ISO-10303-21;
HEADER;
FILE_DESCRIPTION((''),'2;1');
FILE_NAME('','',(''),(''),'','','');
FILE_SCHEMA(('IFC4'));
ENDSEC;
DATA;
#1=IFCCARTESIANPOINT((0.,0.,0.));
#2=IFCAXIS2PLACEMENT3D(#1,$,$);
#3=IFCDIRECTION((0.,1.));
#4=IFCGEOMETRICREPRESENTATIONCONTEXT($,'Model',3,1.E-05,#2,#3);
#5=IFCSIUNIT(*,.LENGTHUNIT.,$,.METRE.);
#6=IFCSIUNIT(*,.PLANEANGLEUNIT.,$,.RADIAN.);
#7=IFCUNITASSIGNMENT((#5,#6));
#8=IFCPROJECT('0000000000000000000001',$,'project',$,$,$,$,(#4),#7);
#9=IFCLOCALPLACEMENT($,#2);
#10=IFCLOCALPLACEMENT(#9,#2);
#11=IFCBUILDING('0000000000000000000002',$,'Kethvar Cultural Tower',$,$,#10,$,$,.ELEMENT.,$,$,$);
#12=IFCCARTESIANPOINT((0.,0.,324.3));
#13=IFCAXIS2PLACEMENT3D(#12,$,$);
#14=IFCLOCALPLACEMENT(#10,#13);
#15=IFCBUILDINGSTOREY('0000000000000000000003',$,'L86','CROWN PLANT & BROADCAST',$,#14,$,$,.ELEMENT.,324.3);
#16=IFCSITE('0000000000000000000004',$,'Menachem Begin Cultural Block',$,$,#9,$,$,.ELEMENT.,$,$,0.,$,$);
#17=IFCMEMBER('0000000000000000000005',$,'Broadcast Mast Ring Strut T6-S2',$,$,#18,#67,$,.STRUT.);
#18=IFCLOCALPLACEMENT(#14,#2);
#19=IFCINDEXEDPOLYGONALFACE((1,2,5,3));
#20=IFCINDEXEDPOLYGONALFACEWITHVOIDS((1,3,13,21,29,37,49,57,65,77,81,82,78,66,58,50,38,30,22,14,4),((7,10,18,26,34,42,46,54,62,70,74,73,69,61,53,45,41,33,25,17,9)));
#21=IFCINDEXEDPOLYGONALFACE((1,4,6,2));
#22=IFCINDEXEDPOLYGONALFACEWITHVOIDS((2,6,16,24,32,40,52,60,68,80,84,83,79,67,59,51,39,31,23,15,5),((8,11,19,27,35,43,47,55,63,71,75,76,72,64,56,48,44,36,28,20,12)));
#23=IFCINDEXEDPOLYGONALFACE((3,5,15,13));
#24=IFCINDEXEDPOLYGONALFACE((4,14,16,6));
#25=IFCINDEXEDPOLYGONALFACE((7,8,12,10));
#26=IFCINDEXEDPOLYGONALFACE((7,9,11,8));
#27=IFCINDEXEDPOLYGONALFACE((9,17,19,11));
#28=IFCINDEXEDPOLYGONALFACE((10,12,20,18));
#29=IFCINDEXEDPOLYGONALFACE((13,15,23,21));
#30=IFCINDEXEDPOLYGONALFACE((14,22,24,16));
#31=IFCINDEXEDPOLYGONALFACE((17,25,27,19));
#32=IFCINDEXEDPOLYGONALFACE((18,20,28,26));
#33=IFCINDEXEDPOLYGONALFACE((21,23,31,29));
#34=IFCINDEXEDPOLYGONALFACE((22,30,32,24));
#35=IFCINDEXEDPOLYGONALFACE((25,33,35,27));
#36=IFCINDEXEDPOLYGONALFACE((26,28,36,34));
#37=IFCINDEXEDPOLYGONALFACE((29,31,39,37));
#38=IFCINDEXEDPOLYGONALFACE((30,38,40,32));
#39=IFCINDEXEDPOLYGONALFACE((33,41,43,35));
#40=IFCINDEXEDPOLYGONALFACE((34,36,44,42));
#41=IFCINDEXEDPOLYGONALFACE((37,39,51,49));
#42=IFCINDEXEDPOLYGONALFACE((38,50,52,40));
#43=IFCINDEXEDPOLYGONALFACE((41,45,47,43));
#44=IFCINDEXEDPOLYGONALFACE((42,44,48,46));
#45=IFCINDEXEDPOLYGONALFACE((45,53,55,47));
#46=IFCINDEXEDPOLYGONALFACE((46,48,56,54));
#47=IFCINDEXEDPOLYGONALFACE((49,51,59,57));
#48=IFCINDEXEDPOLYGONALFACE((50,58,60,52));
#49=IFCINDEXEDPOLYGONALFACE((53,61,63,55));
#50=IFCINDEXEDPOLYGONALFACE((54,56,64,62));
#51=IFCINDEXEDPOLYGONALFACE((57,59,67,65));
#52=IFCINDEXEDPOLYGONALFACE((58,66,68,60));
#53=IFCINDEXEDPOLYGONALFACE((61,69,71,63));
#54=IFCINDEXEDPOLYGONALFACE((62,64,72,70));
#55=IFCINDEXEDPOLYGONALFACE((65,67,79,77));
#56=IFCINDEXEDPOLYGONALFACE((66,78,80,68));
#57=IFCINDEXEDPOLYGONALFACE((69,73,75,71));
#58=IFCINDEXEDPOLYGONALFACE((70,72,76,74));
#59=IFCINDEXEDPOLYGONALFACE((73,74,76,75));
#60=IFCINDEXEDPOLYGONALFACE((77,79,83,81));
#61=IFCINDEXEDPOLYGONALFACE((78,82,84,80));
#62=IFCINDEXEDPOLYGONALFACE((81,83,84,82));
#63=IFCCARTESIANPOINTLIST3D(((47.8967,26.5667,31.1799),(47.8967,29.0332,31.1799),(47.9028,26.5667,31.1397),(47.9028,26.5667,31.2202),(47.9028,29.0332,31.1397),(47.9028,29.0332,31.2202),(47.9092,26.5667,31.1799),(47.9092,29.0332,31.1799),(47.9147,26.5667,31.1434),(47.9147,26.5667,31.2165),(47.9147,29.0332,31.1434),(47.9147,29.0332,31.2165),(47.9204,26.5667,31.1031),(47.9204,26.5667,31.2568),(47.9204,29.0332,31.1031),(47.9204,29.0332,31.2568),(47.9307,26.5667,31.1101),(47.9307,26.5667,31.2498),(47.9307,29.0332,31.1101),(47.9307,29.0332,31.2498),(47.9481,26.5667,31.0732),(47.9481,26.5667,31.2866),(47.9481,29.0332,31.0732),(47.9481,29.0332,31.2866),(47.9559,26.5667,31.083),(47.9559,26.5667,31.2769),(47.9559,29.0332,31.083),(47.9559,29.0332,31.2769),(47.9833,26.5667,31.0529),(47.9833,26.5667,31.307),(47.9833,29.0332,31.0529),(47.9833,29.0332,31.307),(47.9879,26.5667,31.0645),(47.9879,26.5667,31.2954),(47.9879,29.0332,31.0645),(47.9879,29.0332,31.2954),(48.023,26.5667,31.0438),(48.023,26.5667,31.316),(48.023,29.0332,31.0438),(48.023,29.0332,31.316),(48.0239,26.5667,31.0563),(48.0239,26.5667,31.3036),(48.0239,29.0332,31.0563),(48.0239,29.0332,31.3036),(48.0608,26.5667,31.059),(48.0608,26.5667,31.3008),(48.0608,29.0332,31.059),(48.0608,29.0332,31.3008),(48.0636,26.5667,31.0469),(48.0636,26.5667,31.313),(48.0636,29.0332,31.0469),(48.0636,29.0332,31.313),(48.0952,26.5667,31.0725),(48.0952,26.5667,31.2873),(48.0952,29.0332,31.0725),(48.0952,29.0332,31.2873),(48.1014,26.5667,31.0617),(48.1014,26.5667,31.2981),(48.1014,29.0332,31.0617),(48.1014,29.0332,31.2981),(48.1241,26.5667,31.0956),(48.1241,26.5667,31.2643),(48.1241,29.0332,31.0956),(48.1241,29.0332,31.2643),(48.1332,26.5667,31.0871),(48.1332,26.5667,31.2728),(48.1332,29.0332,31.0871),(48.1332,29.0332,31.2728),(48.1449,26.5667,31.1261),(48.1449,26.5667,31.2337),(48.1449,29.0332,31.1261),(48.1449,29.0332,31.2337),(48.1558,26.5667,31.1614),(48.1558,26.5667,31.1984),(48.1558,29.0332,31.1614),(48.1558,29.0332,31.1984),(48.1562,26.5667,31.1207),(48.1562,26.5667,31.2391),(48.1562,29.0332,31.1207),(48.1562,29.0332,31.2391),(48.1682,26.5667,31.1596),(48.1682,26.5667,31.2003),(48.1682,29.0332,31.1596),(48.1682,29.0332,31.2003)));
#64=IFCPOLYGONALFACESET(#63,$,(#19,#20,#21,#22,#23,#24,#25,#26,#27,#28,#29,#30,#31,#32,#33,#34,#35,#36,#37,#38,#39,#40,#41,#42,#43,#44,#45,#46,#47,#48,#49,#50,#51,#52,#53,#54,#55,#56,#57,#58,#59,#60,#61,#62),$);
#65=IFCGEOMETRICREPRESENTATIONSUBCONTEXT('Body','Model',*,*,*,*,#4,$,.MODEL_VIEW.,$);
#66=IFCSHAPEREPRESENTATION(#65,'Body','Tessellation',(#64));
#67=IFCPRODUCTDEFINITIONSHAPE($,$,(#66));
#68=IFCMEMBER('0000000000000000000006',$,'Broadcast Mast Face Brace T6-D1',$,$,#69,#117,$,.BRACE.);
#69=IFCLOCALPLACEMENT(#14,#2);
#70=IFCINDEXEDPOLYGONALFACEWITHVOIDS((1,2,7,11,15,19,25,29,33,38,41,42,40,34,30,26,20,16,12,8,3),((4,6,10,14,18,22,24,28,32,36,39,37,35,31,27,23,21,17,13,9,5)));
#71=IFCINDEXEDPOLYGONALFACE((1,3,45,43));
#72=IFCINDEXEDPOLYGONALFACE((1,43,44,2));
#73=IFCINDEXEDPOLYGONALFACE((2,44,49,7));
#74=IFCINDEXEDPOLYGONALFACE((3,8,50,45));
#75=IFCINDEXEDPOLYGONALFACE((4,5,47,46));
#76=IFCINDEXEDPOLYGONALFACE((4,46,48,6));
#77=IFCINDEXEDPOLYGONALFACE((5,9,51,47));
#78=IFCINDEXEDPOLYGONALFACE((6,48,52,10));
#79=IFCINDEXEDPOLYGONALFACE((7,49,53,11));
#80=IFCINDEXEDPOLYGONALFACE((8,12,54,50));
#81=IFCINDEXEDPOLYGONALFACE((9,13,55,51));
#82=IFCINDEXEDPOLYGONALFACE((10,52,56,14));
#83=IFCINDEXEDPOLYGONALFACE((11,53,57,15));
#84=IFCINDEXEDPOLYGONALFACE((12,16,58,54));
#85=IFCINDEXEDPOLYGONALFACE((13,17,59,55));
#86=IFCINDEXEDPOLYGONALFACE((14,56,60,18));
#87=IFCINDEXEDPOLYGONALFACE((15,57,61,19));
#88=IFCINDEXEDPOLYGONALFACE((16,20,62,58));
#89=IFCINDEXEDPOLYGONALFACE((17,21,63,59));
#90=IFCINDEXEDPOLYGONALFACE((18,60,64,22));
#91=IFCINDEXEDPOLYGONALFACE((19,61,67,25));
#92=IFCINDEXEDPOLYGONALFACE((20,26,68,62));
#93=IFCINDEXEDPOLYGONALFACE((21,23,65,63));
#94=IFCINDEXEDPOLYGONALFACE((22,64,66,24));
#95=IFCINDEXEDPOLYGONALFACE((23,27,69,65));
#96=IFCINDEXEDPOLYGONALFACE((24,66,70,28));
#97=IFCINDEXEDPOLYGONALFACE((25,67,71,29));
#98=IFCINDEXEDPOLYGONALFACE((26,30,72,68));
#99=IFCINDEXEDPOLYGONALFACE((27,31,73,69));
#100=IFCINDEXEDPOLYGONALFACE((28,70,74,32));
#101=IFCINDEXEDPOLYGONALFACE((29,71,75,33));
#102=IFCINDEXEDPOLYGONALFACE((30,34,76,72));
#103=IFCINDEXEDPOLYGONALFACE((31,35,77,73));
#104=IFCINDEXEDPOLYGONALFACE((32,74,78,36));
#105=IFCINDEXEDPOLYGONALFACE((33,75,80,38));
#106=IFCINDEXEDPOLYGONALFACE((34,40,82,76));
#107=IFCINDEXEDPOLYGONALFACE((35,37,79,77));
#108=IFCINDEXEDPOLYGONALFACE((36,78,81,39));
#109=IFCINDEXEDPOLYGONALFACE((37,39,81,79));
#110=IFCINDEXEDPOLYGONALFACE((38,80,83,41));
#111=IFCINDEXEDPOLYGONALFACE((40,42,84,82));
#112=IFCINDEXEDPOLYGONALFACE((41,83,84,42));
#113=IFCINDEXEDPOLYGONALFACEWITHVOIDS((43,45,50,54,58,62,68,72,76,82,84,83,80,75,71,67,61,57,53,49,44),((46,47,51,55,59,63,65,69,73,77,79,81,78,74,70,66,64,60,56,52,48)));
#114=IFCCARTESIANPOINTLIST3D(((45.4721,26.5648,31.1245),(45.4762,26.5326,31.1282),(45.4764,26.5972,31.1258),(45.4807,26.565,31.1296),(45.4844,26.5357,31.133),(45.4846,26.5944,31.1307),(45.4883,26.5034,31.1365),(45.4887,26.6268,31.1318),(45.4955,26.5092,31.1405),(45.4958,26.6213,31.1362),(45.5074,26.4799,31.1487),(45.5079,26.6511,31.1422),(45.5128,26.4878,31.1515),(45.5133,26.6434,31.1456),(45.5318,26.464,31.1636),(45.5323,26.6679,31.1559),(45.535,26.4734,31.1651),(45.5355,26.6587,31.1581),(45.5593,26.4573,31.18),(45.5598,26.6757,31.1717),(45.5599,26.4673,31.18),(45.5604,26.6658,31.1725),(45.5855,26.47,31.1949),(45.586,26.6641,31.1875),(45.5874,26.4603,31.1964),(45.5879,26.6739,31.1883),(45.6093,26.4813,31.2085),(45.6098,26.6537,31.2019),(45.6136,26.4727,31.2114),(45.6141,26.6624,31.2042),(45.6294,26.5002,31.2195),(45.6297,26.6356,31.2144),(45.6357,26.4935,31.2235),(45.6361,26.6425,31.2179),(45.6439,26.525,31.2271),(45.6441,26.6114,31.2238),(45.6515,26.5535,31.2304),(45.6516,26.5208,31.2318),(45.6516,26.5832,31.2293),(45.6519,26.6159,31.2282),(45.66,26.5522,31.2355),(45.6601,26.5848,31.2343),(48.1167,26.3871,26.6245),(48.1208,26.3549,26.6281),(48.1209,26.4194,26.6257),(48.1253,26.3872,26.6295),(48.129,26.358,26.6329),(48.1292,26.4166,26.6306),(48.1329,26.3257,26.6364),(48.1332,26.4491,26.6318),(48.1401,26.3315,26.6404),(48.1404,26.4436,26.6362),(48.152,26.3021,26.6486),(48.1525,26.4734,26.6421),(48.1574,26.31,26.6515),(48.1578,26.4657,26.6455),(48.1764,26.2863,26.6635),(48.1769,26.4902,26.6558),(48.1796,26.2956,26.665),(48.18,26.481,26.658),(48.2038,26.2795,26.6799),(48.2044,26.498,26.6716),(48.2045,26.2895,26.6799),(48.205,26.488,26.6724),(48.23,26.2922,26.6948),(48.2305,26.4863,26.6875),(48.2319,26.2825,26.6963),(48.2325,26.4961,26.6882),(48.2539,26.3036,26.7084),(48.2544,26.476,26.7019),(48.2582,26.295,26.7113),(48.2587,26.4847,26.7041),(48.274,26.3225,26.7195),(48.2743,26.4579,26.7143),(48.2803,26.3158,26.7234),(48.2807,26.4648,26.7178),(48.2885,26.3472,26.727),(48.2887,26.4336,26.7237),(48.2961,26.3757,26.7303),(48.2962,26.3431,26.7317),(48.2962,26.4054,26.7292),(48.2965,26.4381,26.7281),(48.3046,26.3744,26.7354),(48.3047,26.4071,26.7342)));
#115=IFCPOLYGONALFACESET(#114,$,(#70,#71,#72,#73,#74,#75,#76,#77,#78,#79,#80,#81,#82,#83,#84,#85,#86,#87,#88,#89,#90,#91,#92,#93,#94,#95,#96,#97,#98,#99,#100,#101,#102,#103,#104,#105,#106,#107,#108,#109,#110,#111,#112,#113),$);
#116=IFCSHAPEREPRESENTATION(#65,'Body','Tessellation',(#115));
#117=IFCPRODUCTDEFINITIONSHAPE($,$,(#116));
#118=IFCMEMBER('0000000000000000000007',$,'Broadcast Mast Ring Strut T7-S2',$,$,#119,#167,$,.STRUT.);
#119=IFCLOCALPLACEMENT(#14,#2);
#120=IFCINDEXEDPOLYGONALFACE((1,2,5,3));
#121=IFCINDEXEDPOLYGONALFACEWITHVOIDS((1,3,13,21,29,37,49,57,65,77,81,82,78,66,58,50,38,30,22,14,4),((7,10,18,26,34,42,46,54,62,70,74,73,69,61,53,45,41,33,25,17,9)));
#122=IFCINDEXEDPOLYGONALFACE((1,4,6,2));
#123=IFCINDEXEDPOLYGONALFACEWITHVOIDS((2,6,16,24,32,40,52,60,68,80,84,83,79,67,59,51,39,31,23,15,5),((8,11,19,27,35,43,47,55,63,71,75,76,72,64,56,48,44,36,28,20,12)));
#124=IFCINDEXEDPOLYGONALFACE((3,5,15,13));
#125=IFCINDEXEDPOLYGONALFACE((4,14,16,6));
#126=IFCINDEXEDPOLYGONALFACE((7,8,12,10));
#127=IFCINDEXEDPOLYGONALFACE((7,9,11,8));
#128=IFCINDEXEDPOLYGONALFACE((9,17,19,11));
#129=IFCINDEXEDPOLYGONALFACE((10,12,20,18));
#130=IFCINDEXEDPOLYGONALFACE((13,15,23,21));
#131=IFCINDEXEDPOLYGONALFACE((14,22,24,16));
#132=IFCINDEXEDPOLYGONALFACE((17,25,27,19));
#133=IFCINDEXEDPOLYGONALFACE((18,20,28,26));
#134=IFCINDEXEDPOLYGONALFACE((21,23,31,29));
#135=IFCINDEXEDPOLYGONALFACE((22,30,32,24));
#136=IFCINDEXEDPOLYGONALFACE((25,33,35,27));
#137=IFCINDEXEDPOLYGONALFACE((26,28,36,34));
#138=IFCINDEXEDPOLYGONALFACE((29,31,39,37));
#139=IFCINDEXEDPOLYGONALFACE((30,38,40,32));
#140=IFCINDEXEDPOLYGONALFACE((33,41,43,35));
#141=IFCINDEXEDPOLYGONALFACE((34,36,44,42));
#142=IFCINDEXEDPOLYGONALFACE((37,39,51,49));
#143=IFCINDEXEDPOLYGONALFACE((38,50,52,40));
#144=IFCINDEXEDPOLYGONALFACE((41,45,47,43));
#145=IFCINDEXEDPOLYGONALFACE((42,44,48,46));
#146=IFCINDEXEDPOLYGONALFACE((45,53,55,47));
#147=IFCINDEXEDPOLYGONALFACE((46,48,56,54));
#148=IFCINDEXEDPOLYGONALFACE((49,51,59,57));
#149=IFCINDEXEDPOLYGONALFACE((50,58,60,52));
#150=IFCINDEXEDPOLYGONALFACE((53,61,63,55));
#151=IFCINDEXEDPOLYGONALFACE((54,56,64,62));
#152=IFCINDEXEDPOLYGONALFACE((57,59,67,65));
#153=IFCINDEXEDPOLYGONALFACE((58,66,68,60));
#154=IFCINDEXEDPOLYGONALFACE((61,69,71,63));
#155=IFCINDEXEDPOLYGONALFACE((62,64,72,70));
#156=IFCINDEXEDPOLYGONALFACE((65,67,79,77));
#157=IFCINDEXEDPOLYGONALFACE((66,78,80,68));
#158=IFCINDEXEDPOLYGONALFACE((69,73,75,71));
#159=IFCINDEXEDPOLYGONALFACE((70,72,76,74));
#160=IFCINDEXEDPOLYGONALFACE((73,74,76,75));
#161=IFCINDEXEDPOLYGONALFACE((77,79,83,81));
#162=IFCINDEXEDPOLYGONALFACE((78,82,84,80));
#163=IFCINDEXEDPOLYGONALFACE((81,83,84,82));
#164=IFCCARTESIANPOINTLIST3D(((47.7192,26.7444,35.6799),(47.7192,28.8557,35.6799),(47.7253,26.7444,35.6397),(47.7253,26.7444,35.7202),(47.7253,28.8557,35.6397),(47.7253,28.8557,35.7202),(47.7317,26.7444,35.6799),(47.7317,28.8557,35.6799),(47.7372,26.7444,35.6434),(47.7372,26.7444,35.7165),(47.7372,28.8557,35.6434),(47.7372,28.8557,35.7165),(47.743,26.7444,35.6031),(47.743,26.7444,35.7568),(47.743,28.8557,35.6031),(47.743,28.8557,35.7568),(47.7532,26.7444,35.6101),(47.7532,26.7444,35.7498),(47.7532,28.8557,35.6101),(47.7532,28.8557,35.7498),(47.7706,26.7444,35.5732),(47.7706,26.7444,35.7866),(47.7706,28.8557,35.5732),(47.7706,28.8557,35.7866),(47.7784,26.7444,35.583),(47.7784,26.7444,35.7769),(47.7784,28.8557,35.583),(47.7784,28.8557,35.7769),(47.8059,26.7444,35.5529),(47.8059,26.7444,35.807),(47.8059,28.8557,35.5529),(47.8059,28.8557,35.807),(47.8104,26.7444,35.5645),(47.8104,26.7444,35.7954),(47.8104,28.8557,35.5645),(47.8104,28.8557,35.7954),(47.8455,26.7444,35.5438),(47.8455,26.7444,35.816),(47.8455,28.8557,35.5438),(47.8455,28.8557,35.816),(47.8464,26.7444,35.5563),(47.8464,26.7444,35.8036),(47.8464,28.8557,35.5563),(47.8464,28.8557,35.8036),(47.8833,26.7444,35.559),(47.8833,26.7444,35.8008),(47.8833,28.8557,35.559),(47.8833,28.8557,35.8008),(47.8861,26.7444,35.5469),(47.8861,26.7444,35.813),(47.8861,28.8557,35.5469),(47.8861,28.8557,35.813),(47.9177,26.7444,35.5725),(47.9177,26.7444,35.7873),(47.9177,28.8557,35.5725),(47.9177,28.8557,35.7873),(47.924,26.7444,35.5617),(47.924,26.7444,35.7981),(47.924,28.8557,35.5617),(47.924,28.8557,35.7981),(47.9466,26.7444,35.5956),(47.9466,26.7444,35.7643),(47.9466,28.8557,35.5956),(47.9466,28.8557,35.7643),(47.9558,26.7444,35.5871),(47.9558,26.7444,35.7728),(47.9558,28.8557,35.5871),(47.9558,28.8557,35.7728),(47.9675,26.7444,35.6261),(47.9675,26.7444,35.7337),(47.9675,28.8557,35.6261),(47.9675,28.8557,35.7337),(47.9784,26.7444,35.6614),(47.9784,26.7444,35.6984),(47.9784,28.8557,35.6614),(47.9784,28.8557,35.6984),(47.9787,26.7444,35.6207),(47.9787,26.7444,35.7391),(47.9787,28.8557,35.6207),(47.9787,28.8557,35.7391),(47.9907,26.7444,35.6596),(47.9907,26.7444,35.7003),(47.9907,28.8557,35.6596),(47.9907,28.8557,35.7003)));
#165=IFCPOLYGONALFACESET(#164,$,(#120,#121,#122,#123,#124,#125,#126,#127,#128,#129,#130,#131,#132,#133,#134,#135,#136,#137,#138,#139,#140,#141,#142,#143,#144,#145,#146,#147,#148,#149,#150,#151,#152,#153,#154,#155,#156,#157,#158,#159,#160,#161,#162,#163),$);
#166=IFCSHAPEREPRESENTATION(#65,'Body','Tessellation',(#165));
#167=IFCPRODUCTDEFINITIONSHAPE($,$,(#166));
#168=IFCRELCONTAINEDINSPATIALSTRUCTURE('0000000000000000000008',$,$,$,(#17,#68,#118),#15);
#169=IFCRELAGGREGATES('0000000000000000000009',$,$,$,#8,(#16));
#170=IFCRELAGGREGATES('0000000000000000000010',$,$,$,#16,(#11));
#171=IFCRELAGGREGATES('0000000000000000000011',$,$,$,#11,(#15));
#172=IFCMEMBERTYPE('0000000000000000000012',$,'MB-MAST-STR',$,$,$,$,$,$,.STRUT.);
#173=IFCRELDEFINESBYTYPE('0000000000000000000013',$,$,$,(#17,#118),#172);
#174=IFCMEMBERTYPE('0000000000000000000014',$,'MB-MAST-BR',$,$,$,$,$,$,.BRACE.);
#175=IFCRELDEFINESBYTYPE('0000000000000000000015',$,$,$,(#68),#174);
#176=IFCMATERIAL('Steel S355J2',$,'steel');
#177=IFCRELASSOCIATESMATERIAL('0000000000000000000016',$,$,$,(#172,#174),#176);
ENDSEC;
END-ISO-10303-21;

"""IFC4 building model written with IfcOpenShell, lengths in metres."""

from ifc_helpers import new_model, si_unit, direction, frame, origin, origin_2d, place, context, subcontext, project, spatial, hollow_circle, extrude, source, transform, mapped, material, material_profile, profile_set, type_object, element, save


model = new_model("IFC4")

# Units and contexts
model_context = context("Model", 3, precision=1e-05, world=origin(), true_north=direction((0.0, 1.0)))
body_context = subcontext(model_context, "Body", "Model", "MODEL_VIEW")
ifc_project = project(units=[si_unit("LENGTHUNIT", "METRE"), si_unit("PLANEANGLEUNIT", "RADIAN")], contexts=[model_context])

# Site, building, storey
site_placement = place(None, origin())
site = spatial("IfcSite", under=ifc_project, at=site_placement, Name="Menachem Begin Cultural Block", CompositionType="ELEMENT", RefElevation=0.0)
building_placement = place(site_placement, origin())
building = spatial("IfcBuilding", under=site, at=building_placement, Name="Kethvar Cultural Tower", CompositionType="ELEMENT")
storey_placement = place(building_placement, frame((0.0, 0.0, 324.3)))
storey = spatial("IfcBuildingStorey", under=building, at=storey_placement, Name="L86", Description="CROWN PLANT & BROADCAST", CompositionType="ELEMENT", Elevation=324.3)

# Shared definitions
ifc_material_1 = material(Name="Steel S355J2", Category="steel")

# Members
ifc_material_profile_1 = material_profile(ifc_material_1, hollow_circle(Radius=0.1365, WallThickness=0.0125, at=origin_2d()), Name="Steel S355J2 — CHS273x12.5")
ifc_profile_set_1 = profile_set([ifc_material_profile_1], Name="Steel S355J2 — CHS273x12.5")
member_type_1 = type_object("IfcMemberType", Name="MB-MAST-STR", PredefinedType="STRUT", material=ifc_profile_set_1)
ifc_material_profile_2 = material_profile(ifc_material_1, hollow_circle(Radius=0.1096, WallThickness=0.01, at=origin_2d()), Name="Steel S355J2 — CHS219x10")
ifc_profile_set_2 = profile_set([ifc_material_profile_2], Name="Steel S355J2 — CHS219x10")
member_type_2 = type_object("IfcMemberType", Name="MB-MAST-BR", PredefinedType="BRACE", material=ifc_profile_set_2)
shared_shape_1 = source(origin(), body_context, "Body", "SweptSolid", [
    extrude(hollow_circle(Radius=0.1365, WallThickness=0.0125, at=origin_2d()), origin(), (0.0, 0.0, 1.0), 2.4666),
])
member_1_placement = place(storey_placement, frame((48.0332, 26.5667, 31.1799), z_axis=(0.0, 1.0, 0.0), x_axis=(-1.0, 0.0, 0.0)))
element("IfcMember", 1, at=member_1_placement, inside=storey, type_object=member_type_1, Name="Broadcast Mast Ring Strut T6-S2", PredefinedType="STRUT", context=body_context, shape_type="MappedRepresentation", body=[
    mapped(shared_shape_1, transform((0.0, 0.0, 0.0), scale=1.0)),
])
shared_shape_2 = source(origin(), body_context, "Body", "SweptSolid", [
    extrude(hollow_circle(Radius=0.1096, WallThickness=0.01, at=origin_2d()), origin(), (0.0, 0.0, 1.0), 5.2227),
])
member_2_placement = place(storey_placement, frame((48.2112, 26.3889, 26.6799), z_axis=(-0.506367, 0.034032, 0.861646), x_axis=(-0.067057, -0.997749, 0.0)))
element("IfcMember", 2, at=member_2_placement, inside=storey, type_object=member_type_2, Name="Broadcast Mast Face Brace T6-D1", PredefinedType="BRACE", context=body_context, shape_type="MappedRepresentation", body=[
    mapped(shared_shape_2, transform((0.0, 0.0, 0.0), scale=1.0)),
])
shared_shape_3 = source(origin(), body_context, "Body", "SweptSolid", [
    extrude(hollow_circle(Radius=0.1365, WallThickness=0.0125, at=origin_2d()), origin(), (0.0, 0.0, 1.0), 2.1113),
])
member_3_placement = place(storey_placement, frame((47.8557, 26.7444, 35.6799), z_axis=(0.0, 1.0, 0.0), x_axis=(-1.0, 0.0, 0.0)))
element("IfcMember", 3, at=member_3_placement, inside=storey, type_object=member_type_1, Name="Broadcast Mast Ring Strut T7-S2", PredefinedType="STRUT", context=body_context, shape_type="MappedRepresentation", body=[
    mapped(shared_shape_3, transform((0.0, 0.0, 0.0), scale=1.0)),
])

save(model, "model.ifc")
